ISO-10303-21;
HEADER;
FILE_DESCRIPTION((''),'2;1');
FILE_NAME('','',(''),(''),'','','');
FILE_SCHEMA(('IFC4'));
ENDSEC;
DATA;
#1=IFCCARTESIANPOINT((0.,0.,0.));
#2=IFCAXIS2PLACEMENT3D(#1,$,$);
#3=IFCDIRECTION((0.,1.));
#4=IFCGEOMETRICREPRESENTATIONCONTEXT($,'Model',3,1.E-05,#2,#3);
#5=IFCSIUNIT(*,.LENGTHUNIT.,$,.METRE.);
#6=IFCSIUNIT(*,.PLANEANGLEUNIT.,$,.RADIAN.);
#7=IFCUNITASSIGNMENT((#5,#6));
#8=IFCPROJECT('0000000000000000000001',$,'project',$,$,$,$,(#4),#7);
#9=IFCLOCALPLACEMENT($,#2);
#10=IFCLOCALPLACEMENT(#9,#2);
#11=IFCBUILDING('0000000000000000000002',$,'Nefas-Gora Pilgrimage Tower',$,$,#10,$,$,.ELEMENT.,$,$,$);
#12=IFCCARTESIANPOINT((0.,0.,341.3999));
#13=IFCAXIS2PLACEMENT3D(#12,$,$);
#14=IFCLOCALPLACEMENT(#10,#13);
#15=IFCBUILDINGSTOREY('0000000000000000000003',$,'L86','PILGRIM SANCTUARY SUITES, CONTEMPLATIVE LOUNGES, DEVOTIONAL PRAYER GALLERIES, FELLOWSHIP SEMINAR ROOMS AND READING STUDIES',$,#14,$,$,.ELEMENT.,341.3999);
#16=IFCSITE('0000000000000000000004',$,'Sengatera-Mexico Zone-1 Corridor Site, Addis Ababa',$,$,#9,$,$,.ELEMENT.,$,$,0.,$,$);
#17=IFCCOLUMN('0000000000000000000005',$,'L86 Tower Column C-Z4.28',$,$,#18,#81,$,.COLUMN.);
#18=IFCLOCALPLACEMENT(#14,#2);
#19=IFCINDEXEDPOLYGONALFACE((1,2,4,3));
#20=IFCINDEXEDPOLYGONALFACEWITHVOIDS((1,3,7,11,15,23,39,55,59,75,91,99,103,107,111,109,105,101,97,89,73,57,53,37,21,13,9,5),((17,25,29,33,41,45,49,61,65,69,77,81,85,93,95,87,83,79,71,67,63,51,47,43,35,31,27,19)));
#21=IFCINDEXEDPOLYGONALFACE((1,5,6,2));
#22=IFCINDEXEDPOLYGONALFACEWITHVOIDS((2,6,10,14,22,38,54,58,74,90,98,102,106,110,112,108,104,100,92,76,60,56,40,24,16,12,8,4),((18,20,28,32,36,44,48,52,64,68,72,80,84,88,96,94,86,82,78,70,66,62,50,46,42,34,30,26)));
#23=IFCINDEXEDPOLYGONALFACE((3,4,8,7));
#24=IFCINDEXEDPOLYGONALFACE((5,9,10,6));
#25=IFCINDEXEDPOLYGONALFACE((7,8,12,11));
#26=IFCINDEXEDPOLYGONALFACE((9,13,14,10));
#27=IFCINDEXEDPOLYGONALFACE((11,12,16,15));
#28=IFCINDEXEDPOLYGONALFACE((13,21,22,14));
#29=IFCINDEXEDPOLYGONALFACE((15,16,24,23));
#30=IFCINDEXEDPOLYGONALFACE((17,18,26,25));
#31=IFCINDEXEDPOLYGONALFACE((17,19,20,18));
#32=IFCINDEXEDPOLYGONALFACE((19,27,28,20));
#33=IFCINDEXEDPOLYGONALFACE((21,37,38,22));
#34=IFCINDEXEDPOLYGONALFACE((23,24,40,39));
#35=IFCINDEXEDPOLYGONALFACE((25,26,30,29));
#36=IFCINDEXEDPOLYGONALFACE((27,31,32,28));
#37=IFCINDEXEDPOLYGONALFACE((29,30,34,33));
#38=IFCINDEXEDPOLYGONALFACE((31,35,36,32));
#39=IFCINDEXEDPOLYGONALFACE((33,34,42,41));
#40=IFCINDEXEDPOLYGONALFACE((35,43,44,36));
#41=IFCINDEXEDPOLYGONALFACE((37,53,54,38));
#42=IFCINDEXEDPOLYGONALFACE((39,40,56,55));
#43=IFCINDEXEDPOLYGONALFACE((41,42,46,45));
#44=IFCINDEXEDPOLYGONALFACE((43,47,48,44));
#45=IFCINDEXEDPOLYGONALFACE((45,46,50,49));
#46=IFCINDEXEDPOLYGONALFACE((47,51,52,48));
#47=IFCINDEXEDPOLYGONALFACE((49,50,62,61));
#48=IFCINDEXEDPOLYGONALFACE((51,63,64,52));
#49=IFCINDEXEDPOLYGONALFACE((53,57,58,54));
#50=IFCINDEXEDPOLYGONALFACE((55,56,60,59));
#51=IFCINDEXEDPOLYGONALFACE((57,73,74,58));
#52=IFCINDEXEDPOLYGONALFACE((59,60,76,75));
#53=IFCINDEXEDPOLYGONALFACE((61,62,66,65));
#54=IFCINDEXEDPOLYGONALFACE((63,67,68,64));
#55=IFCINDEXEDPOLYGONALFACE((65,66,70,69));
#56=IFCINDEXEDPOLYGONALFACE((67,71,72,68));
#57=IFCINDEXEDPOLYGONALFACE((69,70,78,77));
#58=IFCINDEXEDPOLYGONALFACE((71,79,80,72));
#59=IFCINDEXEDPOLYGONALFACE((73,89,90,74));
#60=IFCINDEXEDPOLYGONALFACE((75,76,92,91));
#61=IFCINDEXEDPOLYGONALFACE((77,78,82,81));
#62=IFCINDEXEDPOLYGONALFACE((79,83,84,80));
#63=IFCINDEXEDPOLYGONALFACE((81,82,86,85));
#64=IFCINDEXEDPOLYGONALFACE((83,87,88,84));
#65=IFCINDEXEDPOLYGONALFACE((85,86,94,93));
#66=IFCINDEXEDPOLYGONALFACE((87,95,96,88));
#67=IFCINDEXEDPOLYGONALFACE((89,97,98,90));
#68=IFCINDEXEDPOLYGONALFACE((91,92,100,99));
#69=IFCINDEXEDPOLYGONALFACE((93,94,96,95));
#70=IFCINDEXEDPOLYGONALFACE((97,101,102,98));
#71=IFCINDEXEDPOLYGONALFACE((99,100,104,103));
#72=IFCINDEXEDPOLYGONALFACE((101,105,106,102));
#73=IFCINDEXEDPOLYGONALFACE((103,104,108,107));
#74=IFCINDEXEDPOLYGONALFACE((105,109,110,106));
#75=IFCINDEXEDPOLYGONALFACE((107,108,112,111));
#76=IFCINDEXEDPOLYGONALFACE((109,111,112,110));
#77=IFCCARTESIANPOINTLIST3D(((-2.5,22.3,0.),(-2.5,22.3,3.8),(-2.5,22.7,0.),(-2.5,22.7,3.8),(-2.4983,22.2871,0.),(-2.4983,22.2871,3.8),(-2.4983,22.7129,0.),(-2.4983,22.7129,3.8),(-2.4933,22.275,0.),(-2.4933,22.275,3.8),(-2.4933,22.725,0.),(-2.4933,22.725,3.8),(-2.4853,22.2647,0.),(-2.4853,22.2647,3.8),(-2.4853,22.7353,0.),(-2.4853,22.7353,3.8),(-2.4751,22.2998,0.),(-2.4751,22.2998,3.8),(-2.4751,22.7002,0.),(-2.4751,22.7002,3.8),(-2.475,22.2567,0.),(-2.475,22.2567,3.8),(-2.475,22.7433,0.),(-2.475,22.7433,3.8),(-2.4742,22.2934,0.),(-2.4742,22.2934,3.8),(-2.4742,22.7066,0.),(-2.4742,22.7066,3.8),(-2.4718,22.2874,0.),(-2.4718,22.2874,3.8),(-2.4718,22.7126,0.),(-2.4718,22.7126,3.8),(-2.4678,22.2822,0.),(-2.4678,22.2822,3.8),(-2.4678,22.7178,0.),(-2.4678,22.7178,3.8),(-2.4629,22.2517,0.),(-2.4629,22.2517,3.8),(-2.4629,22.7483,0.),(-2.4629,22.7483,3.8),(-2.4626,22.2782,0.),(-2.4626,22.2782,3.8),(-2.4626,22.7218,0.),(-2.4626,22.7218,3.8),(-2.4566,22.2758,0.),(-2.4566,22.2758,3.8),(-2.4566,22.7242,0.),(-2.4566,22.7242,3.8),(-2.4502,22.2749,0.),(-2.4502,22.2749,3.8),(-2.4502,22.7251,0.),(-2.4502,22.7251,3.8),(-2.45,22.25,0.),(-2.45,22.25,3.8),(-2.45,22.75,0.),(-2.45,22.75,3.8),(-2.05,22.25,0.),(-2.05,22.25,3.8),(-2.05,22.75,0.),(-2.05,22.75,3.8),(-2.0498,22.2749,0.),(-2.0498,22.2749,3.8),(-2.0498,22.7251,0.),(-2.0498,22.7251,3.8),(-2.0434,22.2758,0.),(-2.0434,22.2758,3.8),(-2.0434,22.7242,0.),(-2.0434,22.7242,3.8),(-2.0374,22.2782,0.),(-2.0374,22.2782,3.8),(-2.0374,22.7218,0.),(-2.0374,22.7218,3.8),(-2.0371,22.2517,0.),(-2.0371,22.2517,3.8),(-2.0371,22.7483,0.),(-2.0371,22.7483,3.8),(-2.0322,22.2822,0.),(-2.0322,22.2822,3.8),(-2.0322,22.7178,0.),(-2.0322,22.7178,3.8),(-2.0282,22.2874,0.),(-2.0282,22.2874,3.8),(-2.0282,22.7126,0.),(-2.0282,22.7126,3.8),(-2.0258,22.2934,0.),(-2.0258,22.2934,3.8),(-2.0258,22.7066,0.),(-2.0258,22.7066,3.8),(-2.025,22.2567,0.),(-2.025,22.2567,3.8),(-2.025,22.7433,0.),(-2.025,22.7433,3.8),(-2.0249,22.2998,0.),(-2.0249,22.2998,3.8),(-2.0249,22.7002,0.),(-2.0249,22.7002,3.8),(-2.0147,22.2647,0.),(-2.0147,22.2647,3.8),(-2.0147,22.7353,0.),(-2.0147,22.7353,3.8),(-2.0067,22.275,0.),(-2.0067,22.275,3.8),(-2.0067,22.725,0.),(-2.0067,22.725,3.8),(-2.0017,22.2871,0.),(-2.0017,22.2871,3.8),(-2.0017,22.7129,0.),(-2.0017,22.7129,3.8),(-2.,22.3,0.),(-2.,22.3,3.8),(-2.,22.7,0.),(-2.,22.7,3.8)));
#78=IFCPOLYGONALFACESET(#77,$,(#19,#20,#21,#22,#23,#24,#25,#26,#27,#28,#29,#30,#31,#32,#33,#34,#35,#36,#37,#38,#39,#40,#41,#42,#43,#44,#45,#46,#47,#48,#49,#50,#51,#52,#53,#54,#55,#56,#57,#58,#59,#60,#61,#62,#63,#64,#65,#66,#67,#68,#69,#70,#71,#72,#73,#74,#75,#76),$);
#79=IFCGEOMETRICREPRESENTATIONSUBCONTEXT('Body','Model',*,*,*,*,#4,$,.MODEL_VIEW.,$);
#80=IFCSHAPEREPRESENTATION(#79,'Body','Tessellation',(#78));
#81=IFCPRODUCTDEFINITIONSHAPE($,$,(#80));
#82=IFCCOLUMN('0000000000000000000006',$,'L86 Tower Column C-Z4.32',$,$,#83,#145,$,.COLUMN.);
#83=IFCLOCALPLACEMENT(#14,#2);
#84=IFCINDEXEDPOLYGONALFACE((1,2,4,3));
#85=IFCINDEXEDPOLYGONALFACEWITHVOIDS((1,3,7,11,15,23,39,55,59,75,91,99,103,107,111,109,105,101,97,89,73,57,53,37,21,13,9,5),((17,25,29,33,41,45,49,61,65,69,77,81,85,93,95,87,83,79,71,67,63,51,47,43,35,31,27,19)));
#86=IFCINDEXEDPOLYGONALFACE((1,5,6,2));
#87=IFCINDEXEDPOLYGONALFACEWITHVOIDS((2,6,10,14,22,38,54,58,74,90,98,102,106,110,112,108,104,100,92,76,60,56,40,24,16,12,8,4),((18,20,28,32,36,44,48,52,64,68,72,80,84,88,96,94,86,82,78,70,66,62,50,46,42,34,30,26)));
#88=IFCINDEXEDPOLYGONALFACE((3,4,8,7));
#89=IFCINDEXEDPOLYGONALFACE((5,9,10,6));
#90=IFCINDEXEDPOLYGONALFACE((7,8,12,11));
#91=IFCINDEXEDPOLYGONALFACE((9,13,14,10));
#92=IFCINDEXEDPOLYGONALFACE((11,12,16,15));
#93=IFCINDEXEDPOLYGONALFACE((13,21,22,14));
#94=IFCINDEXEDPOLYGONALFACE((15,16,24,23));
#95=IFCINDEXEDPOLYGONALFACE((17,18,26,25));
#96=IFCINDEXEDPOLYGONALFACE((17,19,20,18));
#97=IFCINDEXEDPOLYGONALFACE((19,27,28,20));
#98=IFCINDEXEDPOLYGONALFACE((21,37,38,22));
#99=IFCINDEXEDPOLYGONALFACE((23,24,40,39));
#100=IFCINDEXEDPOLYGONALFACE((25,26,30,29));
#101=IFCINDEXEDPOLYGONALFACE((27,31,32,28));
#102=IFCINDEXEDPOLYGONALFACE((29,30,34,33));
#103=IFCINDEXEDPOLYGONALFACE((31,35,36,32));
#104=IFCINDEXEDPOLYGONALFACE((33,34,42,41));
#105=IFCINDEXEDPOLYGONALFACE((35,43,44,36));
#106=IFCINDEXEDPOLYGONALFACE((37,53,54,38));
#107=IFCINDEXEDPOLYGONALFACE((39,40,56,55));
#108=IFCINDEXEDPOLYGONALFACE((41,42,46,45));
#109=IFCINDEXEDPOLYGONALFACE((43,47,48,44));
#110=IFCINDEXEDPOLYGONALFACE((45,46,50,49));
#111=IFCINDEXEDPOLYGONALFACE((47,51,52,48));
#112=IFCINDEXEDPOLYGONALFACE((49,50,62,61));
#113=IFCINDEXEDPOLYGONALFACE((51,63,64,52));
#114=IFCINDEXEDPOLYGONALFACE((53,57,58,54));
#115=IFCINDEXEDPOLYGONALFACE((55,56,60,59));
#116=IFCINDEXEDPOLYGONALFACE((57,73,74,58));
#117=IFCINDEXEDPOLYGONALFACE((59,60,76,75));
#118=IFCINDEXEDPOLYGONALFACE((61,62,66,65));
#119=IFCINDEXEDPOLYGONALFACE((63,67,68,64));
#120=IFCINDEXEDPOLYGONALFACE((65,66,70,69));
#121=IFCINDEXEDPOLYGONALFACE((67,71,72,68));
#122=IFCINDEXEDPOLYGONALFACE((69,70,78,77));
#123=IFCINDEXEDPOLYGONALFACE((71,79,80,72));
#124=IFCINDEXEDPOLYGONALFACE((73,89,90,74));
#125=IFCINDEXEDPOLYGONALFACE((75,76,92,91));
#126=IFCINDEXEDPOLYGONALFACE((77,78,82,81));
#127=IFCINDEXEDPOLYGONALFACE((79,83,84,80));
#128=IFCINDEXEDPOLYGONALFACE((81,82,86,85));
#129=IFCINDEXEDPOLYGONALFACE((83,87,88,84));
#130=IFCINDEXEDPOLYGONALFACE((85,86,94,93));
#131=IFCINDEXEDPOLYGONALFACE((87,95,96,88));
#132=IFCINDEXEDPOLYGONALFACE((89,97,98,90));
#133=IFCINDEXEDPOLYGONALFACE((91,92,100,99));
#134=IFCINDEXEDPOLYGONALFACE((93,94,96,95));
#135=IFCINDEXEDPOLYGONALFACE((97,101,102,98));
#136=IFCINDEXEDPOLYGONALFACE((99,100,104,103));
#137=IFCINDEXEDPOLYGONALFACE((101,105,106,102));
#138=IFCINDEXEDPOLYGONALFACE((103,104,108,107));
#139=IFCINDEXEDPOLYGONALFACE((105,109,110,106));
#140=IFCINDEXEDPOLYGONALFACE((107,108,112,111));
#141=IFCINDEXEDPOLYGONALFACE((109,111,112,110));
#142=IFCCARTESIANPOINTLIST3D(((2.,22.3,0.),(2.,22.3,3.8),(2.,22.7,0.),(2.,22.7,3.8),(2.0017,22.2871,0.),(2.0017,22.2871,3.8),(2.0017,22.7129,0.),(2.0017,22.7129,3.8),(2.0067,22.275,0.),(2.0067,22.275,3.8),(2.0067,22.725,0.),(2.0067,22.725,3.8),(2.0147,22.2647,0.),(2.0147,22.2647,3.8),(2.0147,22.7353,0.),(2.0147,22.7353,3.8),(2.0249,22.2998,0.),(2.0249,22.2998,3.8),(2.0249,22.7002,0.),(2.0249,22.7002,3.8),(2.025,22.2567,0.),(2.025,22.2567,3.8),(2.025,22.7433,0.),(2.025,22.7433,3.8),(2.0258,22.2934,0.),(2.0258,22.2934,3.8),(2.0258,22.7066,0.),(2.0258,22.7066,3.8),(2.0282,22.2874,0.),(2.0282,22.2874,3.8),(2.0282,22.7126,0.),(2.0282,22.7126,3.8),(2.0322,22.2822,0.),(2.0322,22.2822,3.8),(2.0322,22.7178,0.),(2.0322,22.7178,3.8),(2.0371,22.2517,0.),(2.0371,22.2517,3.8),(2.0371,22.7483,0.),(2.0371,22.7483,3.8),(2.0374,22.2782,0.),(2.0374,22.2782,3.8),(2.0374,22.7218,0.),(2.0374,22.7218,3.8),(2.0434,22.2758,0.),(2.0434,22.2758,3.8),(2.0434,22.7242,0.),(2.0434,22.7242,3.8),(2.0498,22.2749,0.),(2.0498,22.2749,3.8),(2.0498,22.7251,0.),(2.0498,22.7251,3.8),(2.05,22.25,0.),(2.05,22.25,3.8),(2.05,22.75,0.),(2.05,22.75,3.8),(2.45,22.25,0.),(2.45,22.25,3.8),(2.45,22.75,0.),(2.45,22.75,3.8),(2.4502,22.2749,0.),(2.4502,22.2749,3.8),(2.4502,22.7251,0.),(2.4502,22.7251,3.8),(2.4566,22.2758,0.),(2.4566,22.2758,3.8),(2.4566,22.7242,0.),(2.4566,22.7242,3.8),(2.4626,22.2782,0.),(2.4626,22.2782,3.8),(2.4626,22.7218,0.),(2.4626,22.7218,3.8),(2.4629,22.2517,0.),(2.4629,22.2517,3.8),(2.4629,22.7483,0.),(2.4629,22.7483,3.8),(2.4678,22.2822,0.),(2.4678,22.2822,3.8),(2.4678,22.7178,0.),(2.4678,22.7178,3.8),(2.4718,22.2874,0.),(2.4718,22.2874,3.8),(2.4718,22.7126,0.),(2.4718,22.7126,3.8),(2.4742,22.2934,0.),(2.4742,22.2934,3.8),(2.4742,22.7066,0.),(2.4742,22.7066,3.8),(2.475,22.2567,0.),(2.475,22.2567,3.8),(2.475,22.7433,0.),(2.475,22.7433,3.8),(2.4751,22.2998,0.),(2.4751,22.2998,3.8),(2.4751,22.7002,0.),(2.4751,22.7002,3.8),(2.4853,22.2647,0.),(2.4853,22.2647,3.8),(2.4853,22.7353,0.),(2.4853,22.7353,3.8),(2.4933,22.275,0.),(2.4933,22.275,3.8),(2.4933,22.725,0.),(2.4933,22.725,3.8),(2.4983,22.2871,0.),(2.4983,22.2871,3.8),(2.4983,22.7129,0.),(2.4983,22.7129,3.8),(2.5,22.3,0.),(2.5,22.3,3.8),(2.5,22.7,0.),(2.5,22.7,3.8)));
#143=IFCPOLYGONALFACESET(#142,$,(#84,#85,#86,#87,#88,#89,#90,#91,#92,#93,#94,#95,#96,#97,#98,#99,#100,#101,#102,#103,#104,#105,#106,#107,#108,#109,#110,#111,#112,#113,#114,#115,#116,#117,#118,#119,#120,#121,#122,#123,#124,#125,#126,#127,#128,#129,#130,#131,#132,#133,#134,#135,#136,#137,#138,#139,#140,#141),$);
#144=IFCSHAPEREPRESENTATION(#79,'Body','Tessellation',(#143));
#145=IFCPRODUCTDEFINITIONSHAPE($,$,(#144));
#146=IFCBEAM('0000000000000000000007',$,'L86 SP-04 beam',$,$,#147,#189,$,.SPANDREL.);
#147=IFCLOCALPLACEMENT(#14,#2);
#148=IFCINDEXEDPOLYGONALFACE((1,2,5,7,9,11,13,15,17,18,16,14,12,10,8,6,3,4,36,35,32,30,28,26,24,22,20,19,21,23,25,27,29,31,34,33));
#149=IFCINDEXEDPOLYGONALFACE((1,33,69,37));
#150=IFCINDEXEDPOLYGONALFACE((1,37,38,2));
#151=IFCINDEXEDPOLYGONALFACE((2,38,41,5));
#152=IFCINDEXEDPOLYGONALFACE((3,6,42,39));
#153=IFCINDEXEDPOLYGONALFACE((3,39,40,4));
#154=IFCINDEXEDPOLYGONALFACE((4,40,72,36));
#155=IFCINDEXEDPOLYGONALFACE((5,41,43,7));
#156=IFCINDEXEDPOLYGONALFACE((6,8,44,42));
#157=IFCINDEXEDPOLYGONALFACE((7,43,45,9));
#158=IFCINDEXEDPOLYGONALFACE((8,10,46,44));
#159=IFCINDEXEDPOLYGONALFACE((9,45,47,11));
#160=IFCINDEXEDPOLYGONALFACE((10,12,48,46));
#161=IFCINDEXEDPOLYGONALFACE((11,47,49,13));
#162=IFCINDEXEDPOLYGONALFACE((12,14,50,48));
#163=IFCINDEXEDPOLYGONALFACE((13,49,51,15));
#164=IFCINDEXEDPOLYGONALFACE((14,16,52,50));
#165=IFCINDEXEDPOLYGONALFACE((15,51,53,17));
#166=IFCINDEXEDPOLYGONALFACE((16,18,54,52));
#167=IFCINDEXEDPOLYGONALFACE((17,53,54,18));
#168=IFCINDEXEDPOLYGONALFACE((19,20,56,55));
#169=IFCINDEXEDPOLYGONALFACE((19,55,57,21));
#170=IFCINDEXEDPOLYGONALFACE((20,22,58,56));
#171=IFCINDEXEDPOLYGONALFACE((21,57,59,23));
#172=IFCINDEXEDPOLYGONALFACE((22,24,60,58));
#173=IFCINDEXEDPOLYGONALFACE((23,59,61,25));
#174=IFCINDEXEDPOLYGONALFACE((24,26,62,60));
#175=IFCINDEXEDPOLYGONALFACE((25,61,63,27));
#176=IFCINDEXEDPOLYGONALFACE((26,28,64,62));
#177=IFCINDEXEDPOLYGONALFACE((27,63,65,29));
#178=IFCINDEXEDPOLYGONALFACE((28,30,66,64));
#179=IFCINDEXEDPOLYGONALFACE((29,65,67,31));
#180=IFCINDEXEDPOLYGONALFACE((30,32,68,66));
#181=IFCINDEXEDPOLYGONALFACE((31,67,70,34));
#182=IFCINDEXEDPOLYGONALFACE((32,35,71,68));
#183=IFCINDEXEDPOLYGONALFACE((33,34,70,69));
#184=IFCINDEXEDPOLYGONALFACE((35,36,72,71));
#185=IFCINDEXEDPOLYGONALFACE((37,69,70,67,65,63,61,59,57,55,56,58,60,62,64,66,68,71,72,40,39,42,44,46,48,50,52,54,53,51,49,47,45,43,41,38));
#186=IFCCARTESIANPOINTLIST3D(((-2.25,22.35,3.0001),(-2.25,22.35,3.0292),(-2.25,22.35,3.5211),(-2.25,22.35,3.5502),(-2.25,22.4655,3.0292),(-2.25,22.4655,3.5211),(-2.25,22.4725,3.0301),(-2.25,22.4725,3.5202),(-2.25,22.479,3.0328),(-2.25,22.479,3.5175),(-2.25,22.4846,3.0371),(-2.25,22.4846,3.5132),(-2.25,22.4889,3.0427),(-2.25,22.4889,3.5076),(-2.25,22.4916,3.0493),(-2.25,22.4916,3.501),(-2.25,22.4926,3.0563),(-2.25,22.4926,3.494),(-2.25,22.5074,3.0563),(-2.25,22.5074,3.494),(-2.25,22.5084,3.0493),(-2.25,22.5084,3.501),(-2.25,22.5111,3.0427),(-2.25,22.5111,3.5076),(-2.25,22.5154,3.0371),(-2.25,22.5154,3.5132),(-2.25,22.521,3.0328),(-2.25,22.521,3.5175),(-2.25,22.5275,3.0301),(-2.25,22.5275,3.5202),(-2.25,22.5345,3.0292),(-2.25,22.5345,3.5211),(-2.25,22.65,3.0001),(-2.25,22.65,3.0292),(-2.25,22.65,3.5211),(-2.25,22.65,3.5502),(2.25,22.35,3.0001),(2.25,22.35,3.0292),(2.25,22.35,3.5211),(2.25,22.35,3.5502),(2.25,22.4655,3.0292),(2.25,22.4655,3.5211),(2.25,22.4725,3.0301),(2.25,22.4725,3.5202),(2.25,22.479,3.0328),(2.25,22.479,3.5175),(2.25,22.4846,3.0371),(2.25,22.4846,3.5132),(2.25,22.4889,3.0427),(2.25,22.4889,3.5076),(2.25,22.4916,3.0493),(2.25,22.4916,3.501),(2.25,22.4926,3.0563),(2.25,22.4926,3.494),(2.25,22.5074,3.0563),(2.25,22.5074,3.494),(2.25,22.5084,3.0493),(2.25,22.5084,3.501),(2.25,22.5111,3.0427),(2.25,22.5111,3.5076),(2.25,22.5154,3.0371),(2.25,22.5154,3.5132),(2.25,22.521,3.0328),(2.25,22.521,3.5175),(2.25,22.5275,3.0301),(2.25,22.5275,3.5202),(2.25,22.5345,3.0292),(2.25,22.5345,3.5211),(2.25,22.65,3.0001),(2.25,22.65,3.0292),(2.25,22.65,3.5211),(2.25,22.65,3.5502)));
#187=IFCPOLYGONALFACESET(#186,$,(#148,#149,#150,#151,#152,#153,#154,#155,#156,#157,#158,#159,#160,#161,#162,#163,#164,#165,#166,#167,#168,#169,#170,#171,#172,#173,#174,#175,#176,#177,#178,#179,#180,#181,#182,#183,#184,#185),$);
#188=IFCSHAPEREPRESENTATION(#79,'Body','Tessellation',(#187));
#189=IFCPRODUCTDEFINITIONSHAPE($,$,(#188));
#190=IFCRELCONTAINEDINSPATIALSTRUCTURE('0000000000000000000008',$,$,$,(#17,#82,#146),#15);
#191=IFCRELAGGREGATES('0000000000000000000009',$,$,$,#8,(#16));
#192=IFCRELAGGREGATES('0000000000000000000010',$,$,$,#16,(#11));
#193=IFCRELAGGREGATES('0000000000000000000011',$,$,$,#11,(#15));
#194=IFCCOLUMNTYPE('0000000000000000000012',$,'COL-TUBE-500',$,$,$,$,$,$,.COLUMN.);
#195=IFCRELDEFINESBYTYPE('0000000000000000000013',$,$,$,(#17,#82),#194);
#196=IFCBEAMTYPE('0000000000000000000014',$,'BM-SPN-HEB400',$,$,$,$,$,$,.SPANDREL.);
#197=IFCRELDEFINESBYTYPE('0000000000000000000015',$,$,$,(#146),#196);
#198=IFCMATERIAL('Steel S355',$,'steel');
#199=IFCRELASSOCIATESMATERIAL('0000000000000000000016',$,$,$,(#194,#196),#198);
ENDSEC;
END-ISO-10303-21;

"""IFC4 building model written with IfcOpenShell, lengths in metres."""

from ifc_helpers import new_model, si_unit, direction, frame, origin, origin_2d, place, context, subcontext, project, spatial, hollow_rectangle, i_section, extrude, source, transform, mapped, material, material_profile, profile_set, type_object, element, save


model = new_model("IFC4")

# Units and contexts
model_context = context("Model", 3, precision=1e-05, world=origin(), true_north=direction((0.0, 1.0)))
body_context = subcontext(model_context, "Body", "Model", "MODEL_VIEW")
ifc_project = project(units=[si_unit("LENGTHUNIT", "METRE"), si_unit("PLANEANGLEUNIT", "RADIAN")], contexts=[model_context])

# Site, building, storey
site_placement = place(None, origin())
site = spatial("IfcSite", under=ifc_project, at=site_placement, Name="Sengatera-Mexico Zone-1 Corridor Site, Addis Ababa", CompositionType="ELEMENT", RefElevation=0.0)
building_placement = place(site_placement, origin())
building = spatial("IfcBuilding", under=site, at=building_placement, Name="Nefas-Gora Pilgrimage Tower", CompositionType="ELEMENT")
storey_placement = place(building_placement, frame((0.0, 0.0, 341.3999)))
storey = spatial("IfcBuildingStorey", under=building, at=storey_placement, Name="L86", Description="PILGRIM SANCTUARY SUITES, CONTEMPLATIVE LOUNGES, DEVOTIONAL PRAYER GALLERIES, FELLOWSHIP SEMINAR ROOMS AND READING STUDIES", CompositionType="ELEMENT", Elevation=341.3999)

# Columns
ifc_material_1 = material(Name="Steel S355", Category="steel")
ifc_material_profile_1 = material_profile(ifc_material_1, hollow_rectangle(XDim=0.5, YDim=0.5, WallThickness=0.0249, InnerFilletRadius=0.0249, OuterFilletRadius=0.05, at=origin_2d()), Name="SHS 500x500x25")
ifc_profile_set_1 = profile_set([ifc_material_profile_1], Name="Steel S355")
column_type_1 = type_object("IfcColumnType", Name="COL-TUBE-500", PredefinedType="COLUMN", material=ifc_profile_set_1)
shared_shape_1 = source(origin(), body_context, "Body", "SweptSolid", [
    extrude(hollow_rectangle(XDim=0.5, YDim=0.5, WallThickness=0.0249, InnerFilletRadius=0.0249, OuterFilletRadius=0.05, at=origin_2d()), origin(), (0.0, 0.0, 1.0), 3.8),
])
for number, where, z_axis, x_axis, name in (
    (1, (-2.25, 22.5, 0.0), (0.0, 0.0, 1.0), (1.0, 0.0, 0.0), "L86 Tower Column C-Z4.28"),
    (2, (2.25, 22.5, 0.0), (0.0, 0.0, 1.0), (1.0, 0.0, 0.0), "L86 Tower Column C-Z4.32"),
):
    element("IfcColumn", number, at=place(storey_placement, frame(where, z_axis=z_axis, x_axis=x_axis)), inside=storey, type_object=column_type_1, Name=name, PredefinedType="COLUMN", context=body_context, shape_type="MappedRepresentation", body=[
        mapped(shared_shape_1, transform((0.0, 0.0, 0.0), x_axis=(1.0, 0.0, 0.0), y_axis=(0.0, 1.0, 0.0), z_axis=(0.0, 0.0, 1.0), scale=1.0)),
    ])

# Beam
ifc_material_profile_2 = material_profile(ifc_material_1, i_section(OverallWidth=0.3, OverallDepth=0.55, WebThickness=0.0149, FlangeThickness=0.0291, FilletRadius=0.0271, at=origin_2d()), Name="HEB 550")
ifc_profile_set_2 = profile_set([ifc_material_profile_2], Name="Steel S355")
beam_type_1 = type_object("IfcBeamType", Name="BM-SPN-HEB400", PredefinedType="SPANDREL", material=ifc_profile_set_2)
shared_shape_2 = source(origin(), body_context, "Body", "SweptSolid", [
    extrude(i_section(OverallWidth=0.3, OverallDepth=0.55, WebThickness=0.0149, FlangeThickness=0.0291, FilletRadius=0.0271, at=origin_2d()), origin(), (0.0, 0.0, 1.0), 4.5),
])
beam_placement = place(storey_placement, frame((-2.25, 22.5, 3.2751), z_axis=(1.0, 0.0, 0.0), x_axis=(0.0, 1.0, 0.0)))
element("IfcBeam", 3, at=beam_placement, inside=storey, type_object=beam_type_1, Name="L86 SP-04 beam", PredefinedType="SPANDREL", context=body_context, shape_type="MappedRepresentation", body=[
    mapped(shared_shape_2, transform((0.0, 0.0, 0.0), x_axis=(1.0, 0.0, 0.0), y_axis=(0.0, 1.0, 0.0), z_axis=(0.0, 0.0, 1.0), scale=1.0)),
])

save(model, "model.ifc")
